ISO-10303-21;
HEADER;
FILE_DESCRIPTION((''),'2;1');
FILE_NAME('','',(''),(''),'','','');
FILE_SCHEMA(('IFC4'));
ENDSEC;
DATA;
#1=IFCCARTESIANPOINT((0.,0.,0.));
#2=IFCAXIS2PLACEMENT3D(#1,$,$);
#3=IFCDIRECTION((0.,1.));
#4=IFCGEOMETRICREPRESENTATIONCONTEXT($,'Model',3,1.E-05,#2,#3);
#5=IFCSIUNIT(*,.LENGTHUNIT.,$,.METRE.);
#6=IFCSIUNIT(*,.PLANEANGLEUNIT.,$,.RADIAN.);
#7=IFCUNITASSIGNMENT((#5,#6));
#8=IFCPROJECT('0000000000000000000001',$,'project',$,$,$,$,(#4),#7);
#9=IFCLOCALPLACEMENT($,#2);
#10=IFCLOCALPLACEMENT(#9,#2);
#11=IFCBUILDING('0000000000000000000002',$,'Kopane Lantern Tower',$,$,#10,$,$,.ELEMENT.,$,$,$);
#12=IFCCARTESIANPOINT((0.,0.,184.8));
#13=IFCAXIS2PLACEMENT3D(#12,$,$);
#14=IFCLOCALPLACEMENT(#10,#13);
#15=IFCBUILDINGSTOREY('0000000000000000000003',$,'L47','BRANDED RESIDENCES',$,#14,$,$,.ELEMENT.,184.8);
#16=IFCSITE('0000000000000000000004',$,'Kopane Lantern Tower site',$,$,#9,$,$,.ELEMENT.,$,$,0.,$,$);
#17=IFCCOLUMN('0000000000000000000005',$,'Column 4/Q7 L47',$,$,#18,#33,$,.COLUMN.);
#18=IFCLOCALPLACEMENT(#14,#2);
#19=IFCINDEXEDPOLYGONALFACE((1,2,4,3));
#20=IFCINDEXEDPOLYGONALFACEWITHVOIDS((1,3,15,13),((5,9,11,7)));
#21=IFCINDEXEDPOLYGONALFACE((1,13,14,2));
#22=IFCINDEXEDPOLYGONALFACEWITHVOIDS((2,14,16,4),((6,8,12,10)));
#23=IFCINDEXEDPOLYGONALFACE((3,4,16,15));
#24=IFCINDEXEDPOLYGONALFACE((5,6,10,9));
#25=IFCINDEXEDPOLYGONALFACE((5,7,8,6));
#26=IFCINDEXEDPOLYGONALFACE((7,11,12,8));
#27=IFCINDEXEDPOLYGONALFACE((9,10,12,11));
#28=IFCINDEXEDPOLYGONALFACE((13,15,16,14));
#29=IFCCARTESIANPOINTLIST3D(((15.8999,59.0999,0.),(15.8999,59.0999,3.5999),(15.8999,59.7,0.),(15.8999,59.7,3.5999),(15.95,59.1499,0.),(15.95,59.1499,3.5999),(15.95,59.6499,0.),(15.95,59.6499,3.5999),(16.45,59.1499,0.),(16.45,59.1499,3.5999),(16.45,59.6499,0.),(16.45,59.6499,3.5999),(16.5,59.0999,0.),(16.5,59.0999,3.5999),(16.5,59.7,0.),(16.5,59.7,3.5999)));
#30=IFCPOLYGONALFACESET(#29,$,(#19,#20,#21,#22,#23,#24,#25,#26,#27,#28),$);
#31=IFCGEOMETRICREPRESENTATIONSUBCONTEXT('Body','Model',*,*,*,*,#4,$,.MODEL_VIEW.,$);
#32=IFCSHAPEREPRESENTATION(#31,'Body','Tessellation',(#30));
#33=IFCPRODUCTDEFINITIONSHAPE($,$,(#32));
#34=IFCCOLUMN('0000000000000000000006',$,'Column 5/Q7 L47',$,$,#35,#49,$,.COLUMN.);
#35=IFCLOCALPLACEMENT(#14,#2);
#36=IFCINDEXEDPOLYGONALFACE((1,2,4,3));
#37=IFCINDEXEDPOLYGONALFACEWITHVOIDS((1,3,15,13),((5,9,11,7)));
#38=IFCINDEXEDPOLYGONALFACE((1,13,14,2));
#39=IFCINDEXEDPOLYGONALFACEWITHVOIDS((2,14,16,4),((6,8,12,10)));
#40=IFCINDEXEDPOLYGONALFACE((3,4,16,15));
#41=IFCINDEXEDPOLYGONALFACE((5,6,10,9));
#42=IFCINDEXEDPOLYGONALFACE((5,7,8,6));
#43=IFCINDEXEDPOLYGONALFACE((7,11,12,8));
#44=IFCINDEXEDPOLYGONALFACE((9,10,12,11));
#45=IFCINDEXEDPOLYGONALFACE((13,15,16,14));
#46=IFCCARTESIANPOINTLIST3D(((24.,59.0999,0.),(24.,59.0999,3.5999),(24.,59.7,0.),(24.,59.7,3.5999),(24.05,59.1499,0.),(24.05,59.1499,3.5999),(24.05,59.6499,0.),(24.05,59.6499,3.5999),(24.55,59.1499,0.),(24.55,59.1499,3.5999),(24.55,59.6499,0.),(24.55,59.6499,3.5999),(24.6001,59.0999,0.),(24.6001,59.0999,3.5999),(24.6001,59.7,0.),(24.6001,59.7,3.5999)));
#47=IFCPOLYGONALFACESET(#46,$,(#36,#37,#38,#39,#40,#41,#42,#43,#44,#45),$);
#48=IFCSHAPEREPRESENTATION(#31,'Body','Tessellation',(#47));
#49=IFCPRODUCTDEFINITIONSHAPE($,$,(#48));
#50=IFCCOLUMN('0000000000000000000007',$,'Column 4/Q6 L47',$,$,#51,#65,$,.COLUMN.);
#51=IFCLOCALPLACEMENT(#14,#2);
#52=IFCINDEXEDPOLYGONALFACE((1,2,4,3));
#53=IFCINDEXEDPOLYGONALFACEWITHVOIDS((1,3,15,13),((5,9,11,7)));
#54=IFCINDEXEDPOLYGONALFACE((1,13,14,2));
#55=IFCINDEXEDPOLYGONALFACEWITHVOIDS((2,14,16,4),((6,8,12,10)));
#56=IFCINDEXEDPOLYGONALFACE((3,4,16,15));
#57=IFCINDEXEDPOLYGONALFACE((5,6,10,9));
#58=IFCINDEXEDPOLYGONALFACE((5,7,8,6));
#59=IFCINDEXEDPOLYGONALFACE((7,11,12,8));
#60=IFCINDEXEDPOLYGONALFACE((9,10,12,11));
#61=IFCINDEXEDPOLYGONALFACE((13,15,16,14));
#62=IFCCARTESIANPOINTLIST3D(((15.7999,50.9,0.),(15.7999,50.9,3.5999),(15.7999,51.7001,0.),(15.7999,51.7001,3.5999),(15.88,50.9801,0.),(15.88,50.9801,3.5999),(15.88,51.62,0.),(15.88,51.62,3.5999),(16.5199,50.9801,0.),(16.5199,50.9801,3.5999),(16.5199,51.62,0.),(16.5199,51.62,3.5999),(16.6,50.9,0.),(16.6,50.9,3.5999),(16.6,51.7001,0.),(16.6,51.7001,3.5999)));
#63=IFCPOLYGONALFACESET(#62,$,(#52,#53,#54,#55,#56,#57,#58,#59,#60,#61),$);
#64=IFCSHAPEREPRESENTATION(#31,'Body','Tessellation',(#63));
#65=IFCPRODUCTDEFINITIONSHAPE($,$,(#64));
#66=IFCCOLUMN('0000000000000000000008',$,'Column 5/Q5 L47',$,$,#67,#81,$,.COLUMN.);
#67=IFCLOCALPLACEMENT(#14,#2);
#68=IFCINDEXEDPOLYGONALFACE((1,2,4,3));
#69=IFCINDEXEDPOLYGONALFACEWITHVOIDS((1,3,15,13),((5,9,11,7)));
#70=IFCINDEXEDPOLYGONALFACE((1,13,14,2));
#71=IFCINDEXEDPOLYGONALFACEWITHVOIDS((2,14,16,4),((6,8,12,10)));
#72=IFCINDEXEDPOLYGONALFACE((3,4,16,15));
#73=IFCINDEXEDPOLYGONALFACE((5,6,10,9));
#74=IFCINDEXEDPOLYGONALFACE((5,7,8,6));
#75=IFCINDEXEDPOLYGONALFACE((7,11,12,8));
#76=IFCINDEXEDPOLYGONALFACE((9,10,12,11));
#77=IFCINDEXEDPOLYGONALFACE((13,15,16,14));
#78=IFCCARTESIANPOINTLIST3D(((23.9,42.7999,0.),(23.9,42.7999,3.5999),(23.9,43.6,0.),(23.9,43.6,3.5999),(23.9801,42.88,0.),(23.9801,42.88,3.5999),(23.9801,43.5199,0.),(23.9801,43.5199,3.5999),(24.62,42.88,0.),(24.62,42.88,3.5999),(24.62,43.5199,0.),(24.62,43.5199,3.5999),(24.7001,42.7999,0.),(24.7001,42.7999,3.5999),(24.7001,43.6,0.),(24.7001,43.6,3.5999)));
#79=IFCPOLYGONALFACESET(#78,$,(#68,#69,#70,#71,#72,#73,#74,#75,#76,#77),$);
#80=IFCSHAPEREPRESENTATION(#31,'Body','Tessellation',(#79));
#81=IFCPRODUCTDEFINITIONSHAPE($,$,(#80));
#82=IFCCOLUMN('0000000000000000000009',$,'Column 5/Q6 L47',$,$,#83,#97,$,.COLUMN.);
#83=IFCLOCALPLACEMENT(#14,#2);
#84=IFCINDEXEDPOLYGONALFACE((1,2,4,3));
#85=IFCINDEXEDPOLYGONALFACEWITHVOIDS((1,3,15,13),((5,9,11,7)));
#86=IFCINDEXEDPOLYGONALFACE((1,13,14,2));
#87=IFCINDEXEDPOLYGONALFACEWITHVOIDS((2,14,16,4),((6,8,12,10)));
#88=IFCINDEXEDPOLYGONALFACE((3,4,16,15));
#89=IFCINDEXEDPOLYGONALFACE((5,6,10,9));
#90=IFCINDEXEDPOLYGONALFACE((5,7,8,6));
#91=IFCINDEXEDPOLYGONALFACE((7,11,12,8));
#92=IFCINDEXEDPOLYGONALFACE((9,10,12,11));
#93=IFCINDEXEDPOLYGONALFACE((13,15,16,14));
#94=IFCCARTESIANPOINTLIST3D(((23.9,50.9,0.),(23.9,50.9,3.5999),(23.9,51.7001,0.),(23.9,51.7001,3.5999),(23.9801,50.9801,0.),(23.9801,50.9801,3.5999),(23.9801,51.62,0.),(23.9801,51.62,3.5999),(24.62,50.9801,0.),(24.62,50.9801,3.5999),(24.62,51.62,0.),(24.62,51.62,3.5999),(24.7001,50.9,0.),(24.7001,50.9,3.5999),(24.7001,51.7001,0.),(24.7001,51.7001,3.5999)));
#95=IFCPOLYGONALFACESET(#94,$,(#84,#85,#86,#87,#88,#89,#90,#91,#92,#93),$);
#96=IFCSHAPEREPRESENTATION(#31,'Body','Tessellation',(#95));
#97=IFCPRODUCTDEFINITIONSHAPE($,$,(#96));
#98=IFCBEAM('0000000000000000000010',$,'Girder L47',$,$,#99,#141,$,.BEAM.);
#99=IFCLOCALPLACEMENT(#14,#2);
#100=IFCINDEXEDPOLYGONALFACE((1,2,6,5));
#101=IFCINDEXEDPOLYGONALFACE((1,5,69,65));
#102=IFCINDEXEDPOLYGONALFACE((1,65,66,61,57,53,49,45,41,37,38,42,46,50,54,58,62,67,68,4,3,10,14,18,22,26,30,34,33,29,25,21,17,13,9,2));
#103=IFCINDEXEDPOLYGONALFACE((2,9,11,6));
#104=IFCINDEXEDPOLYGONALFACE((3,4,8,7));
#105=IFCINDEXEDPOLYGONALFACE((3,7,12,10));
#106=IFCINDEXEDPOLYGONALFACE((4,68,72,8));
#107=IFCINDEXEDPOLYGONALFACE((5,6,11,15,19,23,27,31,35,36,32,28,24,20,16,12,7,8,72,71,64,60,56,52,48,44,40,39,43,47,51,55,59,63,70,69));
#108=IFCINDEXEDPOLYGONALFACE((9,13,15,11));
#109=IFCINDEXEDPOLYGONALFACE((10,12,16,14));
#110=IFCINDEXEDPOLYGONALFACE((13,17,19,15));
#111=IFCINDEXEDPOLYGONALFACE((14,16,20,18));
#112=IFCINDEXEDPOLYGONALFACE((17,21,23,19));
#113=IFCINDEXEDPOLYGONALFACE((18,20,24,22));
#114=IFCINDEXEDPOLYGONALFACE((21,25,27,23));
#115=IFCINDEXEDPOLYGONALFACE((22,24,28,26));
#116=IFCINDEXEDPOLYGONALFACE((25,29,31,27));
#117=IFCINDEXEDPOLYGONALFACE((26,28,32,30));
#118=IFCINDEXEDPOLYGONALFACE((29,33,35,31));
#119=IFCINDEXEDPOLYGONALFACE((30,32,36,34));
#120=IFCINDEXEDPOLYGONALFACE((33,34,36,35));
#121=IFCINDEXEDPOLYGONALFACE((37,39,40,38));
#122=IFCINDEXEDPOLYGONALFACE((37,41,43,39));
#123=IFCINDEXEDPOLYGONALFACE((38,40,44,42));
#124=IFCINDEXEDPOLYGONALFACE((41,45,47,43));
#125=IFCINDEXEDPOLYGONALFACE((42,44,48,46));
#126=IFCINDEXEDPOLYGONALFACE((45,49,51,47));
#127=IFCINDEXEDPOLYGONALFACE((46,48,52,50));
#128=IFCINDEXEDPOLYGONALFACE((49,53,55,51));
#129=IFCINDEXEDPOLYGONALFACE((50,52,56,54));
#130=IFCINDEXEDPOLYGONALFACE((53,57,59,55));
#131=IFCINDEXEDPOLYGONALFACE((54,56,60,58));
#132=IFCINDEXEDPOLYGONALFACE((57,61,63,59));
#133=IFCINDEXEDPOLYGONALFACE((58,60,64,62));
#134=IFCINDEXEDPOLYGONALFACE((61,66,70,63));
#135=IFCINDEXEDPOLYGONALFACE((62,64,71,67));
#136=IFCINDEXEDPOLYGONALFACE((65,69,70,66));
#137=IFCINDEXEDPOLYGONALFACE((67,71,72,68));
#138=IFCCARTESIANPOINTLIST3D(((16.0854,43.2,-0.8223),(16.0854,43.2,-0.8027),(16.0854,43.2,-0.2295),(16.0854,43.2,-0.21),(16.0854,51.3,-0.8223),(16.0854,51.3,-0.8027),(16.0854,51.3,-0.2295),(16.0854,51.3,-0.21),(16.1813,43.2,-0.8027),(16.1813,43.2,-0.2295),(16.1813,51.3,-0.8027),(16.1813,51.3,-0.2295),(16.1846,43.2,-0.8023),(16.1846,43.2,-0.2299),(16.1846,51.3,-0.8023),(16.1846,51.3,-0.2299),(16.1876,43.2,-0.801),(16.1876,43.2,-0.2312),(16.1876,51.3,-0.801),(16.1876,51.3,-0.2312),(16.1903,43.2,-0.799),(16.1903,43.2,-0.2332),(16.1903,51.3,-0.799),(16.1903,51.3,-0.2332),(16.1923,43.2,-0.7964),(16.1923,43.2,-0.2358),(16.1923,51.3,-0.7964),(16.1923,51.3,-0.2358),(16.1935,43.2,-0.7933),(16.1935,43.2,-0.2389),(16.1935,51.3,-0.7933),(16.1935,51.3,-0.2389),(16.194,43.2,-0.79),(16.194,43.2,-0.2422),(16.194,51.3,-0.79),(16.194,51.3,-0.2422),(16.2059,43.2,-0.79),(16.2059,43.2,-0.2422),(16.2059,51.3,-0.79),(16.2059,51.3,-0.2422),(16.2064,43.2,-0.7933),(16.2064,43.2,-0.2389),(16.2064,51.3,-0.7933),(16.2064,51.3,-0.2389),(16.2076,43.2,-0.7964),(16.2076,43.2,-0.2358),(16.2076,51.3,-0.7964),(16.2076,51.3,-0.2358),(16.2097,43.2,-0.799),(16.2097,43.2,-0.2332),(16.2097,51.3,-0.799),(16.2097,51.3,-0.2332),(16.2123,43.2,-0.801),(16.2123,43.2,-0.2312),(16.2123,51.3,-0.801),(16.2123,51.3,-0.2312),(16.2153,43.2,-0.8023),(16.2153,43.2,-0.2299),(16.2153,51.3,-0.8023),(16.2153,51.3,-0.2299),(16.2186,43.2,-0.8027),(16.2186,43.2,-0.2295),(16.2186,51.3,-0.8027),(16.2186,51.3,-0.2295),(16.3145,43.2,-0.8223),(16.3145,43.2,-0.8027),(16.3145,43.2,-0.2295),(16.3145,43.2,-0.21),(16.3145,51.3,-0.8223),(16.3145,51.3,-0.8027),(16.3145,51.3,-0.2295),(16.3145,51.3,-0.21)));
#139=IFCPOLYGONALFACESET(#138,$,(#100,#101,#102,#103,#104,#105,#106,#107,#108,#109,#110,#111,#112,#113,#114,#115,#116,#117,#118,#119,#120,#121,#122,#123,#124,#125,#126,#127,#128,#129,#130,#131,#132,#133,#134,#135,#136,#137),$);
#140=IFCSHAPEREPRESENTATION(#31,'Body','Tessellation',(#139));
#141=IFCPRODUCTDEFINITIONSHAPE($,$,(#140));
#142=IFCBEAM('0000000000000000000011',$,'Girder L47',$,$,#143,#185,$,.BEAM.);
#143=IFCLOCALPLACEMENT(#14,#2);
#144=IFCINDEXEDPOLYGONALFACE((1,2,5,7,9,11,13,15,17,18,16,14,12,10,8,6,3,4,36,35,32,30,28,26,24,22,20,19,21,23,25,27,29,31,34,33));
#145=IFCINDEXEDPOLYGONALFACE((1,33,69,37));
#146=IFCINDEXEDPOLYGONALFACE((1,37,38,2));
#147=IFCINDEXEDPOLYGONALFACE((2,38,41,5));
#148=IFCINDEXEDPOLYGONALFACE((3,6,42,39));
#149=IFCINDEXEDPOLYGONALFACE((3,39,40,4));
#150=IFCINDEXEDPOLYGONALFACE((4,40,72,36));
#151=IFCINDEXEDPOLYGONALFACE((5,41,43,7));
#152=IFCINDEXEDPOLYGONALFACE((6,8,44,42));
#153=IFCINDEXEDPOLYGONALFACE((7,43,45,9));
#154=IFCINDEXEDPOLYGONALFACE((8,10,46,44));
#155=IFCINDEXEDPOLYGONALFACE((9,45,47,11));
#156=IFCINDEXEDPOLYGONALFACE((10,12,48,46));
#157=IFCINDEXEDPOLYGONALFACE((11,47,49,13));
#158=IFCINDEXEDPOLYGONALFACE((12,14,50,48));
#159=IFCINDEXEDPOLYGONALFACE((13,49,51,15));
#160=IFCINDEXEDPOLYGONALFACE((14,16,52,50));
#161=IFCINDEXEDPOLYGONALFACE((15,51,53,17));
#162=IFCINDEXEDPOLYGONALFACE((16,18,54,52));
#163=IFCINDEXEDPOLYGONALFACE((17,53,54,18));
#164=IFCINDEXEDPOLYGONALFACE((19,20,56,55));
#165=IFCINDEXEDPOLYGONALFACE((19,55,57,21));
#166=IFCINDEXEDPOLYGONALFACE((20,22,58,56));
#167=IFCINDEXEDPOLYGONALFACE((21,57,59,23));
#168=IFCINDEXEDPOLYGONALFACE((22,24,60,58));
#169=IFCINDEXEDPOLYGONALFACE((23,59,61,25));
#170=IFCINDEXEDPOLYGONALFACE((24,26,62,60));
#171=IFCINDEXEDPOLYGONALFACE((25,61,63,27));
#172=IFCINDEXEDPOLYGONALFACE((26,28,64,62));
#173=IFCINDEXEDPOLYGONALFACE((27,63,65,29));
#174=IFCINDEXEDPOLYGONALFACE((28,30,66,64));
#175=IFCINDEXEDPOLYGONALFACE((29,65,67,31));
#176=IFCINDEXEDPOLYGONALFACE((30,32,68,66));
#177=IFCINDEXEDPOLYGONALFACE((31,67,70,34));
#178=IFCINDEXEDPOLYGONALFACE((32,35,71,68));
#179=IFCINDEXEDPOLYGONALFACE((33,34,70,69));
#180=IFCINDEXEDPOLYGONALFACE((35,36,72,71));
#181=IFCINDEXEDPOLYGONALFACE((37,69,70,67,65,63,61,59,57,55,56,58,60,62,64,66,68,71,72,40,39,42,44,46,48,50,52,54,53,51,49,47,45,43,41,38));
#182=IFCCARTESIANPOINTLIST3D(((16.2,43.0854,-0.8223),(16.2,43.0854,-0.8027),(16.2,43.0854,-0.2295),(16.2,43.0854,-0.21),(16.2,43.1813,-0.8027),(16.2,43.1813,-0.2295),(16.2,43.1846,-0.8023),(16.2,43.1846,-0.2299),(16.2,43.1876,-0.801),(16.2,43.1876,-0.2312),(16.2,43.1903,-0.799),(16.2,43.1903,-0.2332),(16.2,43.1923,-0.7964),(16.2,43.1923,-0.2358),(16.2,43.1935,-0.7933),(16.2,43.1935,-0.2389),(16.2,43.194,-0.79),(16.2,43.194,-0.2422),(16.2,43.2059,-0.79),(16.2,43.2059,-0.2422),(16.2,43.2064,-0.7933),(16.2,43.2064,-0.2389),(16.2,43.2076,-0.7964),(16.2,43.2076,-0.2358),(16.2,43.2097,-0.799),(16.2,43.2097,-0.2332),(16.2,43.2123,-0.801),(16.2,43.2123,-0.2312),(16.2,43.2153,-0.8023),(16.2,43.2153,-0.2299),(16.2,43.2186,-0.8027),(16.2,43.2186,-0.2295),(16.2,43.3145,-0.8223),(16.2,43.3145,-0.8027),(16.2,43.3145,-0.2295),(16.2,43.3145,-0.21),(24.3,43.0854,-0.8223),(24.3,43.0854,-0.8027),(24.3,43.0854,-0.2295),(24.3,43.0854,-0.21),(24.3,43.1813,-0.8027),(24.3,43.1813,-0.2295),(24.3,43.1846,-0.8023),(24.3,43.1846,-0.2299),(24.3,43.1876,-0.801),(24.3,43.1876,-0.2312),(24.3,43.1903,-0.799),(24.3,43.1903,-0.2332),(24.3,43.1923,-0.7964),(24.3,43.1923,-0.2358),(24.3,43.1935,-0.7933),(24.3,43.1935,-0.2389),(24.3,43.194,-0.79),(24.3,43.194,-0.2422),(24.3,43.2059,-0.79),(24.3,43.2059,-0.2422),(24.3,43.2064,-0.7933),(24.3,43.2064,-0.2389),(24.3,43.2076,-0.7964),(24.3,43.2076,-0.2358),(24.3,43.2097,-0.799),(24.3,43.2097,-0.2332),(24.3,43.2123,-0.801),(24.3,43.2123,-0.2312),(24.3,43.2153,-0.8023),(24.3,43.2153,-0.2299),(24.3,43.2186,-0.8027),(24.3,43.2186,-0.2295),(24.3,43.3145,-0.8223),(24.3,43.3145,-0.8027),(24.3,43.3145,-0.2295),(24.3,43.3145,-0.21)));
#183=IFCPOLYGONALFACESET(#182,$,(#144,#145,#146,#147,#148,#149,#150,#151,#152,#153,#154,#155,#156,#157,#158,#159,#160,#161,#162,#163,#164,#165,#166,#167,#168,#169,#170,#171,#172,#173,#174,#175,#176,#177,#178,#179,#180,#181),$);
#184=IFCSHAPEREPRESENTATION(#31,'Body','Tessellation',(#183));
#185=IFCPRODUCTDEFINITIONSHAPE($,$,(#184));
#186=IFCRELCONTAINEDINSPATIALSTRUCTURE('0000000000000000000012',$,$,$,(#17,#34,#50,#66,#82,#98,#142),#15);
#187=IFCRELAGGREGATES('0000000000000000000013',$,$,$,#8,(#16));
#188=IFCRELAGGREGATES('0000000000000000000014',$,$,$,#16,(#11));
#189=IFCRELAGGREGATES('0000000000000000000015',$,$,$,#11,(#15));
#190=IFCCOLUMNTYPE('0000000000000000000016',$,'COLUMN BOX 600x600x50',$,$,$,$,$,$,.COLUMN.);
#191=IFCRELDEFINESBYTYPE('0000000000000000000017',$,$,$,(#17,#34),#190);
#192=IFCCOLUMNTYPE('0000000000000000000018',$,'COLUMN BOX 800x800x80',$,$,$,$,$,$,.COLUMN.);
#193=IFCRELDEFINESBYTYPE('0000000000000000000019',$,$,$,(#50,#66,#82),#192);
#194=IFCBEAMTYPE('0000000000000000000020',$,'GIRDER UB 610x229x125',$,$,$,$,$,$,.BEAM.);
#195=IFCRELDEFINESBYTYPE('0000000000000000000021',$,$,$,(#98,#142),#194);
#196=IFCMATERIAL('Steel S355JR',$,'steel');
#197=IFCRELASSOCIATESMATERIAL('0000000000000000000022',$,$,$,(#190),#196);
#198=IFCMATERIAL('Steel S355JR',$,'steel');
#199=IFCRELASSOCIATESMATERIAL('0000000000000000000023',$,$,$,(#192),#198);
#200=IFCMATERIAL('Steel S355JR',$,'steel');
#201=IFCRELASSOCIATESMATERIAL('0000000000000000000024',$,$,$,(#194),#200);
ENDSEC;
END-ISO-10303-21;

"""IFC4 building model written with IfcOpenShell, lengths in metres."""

from ifc_helpers import new_model, si_unit, direction, frame, origin, origin_2d, place, context, subcontext, project, spatial, hollow_rectangle, i_section, extrude, material, material_profile, profile_set, type_object, element, save


model = new_model("IFC4")

# Units and contexts
model_context = context("Model", 3, precision=1e-05, world=origin(), true_north=direction((0.0, 1.0)))
body_context = subcontext(model_context, "Body", "Model", "MODEL_VIEW")
ifc_project = project(units=[si_unit("LENGTHUNIT", "METRE"), si_unit("PLANEANGLEUNIT", "RADIAN")], contexts=[model_context])

# Site, building, storey
site_placement = place(None, origin())
site = spatial("IfcSite", under=ifc_project, at=site_placement, Name="Kopane Lantern Tower site", CompositionType="ELEMENT", RefElevation=0.0)
building_placement = place(site_placement, origin())
building = spatial("IfcBuilding", under=site, at=building_placement, Name="Kopane Lantern Tower", CompositionType="ELEMENT")
storey_placement = place(building_placement, frame((0.0, 0.0, 184.8)))
storey = spatial("IfcBuildingStorey", under=building, at=storey_placement, Name="L47", Description="BRANDED RESIDENCES", CompositionType="ELEMENT", Elevation=184.8)

# Columns
ifc_material_1 = material(Name="Steel S355JR", Category="steel")
ifc_material_profile_1 = material_profile(ifc_material_1, hollow_rectangle(XDim=0.6001, YDim=0.6001, WallThickness=0.05, at=origin_2d()), Name="BOX 600x600x50")
ifc_profile_set_1 = profile_set([ifc_material_profile_1], Name="Steel S355JR")
column_type_1 = type_object("IfcColumnType", Name="COLUMN BOX 600x600x50", PredefinedType="COLUMN", material=ifc_profile_set_1)
for number, where, z_axis, x_axis, name in (
    (1, (16.2, 59.3999, 0.0), (0.0, 0.0, 1.0), (1.0, 0.0, 0.0), "Column 4/Q7 L47"),
    (2, (24.3, 59.3999, 0.0), (0.0, 0.0, 1.0), (1.0, 0.0, 0.0), "Column 5/Q7 L47"),
):
    element("IfcColumn", number, at=place(storey_placement, frame(where, z_axis=z_axis, x_axis=x_axis)), inside=storey, type_object=column_type_1, Name=name, PredefinedType="COLUMN", context=body_context, shape_type="SweptSolid", body=[
        extrude(hollow_rectangle(XDim=0.6001, YDim=0.6001, WallThickness=0.05, at=origin_2d()), origin(), (0.0, 0.0, 1.0), 3.5999),
    ])
ifc_material_2 = material(Name="Steel S355JR", Category="steel")
ifc_material_profile_2 = material_profile(ifc_material_2, hollow_rectangle(XDim=0.8, YDim=0.8, WallThickness=0.0801, at=origin_2d()), Name="BOX 800x800x80")
ifc_profile_set_2 = profile_set([ifc_material_profile_2], Name="Steel S355JR")
column_type_2 = type_object("IfcColumnType", Name="COLUMN BOX 800x800x80", PredefinedType="COLUMN", material=ifc_profile_set_2)
for number, where, z_axis, x_axis, name in (
    (3, (16.2, 51.3, 0.0), (0.0, 0.0, 1.0), (1.0, 0.0, 0.0), "Column 4/Q6 L47"),
    (4, (24.3, 43.2, 0.0), (0.0, 0.0, 1.0), (1.0, 0.0, 0.0), "Column 5/Q5 L47"),
    (5, (24.3, 51.3, 0.0), (0.0, 0.0, 1.0), (1.0, 0.0, 0.0), "Column 5/Q6 L47"),
):
    element("IfcColumn", number, at=place(storey_placement, frame(where, z_axis=z_axis, x_axis=x_axis)), inside=storey, type_object=column_type_2, Name=name, PredefinedType="COLUMN", context=body_context, shape_type="SweptSolid", body=[
        extrude(hollow_rectangle(XDim=0.8, YDim=0.8, WallThickness=0.0801, at=origin_2d()), origin(), (0.0, 0.0, 1.0), 3.5999),
    ])

# Beams
ifc_material_3 = material(Name="Steel S355JR", Category="steel")
ifc_material_profile_3 = material_profile(ifc_material_3, i_section(OverallWidth=0.229, OverallDepth=0.6123, WebThickness=0.012, FlangeThickness=0.0195, FilletRadius=0.0127, at=origin_2d()), Name="UB 610x229x125")
ifc_profile_set_3 = profile_set([ifc_material_profile_3], Name="Steel S355JR")
beam_type = type_object("IfcBeamType", Name="GIRDER UB 610x229x125", PredefinedType="BEAM", material=ifc_profile_set_3)
for number, where, z_axis, x_axis, name in (
    (6, (16.2, 43.2, -0.5161), (0.0, 1.0, 0.0), (-1.0, 0.0, 0.0), "Girder L47"),
    (7, (16.2, 43.2, -0.5161), (1.0, 0.0, 0.0), (0.0, 1.0, 0.0), "Girder L47"),
):
    element("IfcBeam", number, at=place(storey_placement, frame(where, z_axis=z_axis, x_axis=x_axis)), inside=storey, type_object=beam_type, Name=name, PredefinedType="BEAM", context=body_context, shape_type="SweptSolid", body=[
        extrude(i_section(OverallWidth=0.229, OverallDepth=0.6123, WebThickness=0.012, FlangeThickness=0.0195, FilletRadius=0.0127, at=origin_2d()), origin(), (0.0, 0.0, 1.0), 8.1001),
    ])

save(model, "model.ifc")
